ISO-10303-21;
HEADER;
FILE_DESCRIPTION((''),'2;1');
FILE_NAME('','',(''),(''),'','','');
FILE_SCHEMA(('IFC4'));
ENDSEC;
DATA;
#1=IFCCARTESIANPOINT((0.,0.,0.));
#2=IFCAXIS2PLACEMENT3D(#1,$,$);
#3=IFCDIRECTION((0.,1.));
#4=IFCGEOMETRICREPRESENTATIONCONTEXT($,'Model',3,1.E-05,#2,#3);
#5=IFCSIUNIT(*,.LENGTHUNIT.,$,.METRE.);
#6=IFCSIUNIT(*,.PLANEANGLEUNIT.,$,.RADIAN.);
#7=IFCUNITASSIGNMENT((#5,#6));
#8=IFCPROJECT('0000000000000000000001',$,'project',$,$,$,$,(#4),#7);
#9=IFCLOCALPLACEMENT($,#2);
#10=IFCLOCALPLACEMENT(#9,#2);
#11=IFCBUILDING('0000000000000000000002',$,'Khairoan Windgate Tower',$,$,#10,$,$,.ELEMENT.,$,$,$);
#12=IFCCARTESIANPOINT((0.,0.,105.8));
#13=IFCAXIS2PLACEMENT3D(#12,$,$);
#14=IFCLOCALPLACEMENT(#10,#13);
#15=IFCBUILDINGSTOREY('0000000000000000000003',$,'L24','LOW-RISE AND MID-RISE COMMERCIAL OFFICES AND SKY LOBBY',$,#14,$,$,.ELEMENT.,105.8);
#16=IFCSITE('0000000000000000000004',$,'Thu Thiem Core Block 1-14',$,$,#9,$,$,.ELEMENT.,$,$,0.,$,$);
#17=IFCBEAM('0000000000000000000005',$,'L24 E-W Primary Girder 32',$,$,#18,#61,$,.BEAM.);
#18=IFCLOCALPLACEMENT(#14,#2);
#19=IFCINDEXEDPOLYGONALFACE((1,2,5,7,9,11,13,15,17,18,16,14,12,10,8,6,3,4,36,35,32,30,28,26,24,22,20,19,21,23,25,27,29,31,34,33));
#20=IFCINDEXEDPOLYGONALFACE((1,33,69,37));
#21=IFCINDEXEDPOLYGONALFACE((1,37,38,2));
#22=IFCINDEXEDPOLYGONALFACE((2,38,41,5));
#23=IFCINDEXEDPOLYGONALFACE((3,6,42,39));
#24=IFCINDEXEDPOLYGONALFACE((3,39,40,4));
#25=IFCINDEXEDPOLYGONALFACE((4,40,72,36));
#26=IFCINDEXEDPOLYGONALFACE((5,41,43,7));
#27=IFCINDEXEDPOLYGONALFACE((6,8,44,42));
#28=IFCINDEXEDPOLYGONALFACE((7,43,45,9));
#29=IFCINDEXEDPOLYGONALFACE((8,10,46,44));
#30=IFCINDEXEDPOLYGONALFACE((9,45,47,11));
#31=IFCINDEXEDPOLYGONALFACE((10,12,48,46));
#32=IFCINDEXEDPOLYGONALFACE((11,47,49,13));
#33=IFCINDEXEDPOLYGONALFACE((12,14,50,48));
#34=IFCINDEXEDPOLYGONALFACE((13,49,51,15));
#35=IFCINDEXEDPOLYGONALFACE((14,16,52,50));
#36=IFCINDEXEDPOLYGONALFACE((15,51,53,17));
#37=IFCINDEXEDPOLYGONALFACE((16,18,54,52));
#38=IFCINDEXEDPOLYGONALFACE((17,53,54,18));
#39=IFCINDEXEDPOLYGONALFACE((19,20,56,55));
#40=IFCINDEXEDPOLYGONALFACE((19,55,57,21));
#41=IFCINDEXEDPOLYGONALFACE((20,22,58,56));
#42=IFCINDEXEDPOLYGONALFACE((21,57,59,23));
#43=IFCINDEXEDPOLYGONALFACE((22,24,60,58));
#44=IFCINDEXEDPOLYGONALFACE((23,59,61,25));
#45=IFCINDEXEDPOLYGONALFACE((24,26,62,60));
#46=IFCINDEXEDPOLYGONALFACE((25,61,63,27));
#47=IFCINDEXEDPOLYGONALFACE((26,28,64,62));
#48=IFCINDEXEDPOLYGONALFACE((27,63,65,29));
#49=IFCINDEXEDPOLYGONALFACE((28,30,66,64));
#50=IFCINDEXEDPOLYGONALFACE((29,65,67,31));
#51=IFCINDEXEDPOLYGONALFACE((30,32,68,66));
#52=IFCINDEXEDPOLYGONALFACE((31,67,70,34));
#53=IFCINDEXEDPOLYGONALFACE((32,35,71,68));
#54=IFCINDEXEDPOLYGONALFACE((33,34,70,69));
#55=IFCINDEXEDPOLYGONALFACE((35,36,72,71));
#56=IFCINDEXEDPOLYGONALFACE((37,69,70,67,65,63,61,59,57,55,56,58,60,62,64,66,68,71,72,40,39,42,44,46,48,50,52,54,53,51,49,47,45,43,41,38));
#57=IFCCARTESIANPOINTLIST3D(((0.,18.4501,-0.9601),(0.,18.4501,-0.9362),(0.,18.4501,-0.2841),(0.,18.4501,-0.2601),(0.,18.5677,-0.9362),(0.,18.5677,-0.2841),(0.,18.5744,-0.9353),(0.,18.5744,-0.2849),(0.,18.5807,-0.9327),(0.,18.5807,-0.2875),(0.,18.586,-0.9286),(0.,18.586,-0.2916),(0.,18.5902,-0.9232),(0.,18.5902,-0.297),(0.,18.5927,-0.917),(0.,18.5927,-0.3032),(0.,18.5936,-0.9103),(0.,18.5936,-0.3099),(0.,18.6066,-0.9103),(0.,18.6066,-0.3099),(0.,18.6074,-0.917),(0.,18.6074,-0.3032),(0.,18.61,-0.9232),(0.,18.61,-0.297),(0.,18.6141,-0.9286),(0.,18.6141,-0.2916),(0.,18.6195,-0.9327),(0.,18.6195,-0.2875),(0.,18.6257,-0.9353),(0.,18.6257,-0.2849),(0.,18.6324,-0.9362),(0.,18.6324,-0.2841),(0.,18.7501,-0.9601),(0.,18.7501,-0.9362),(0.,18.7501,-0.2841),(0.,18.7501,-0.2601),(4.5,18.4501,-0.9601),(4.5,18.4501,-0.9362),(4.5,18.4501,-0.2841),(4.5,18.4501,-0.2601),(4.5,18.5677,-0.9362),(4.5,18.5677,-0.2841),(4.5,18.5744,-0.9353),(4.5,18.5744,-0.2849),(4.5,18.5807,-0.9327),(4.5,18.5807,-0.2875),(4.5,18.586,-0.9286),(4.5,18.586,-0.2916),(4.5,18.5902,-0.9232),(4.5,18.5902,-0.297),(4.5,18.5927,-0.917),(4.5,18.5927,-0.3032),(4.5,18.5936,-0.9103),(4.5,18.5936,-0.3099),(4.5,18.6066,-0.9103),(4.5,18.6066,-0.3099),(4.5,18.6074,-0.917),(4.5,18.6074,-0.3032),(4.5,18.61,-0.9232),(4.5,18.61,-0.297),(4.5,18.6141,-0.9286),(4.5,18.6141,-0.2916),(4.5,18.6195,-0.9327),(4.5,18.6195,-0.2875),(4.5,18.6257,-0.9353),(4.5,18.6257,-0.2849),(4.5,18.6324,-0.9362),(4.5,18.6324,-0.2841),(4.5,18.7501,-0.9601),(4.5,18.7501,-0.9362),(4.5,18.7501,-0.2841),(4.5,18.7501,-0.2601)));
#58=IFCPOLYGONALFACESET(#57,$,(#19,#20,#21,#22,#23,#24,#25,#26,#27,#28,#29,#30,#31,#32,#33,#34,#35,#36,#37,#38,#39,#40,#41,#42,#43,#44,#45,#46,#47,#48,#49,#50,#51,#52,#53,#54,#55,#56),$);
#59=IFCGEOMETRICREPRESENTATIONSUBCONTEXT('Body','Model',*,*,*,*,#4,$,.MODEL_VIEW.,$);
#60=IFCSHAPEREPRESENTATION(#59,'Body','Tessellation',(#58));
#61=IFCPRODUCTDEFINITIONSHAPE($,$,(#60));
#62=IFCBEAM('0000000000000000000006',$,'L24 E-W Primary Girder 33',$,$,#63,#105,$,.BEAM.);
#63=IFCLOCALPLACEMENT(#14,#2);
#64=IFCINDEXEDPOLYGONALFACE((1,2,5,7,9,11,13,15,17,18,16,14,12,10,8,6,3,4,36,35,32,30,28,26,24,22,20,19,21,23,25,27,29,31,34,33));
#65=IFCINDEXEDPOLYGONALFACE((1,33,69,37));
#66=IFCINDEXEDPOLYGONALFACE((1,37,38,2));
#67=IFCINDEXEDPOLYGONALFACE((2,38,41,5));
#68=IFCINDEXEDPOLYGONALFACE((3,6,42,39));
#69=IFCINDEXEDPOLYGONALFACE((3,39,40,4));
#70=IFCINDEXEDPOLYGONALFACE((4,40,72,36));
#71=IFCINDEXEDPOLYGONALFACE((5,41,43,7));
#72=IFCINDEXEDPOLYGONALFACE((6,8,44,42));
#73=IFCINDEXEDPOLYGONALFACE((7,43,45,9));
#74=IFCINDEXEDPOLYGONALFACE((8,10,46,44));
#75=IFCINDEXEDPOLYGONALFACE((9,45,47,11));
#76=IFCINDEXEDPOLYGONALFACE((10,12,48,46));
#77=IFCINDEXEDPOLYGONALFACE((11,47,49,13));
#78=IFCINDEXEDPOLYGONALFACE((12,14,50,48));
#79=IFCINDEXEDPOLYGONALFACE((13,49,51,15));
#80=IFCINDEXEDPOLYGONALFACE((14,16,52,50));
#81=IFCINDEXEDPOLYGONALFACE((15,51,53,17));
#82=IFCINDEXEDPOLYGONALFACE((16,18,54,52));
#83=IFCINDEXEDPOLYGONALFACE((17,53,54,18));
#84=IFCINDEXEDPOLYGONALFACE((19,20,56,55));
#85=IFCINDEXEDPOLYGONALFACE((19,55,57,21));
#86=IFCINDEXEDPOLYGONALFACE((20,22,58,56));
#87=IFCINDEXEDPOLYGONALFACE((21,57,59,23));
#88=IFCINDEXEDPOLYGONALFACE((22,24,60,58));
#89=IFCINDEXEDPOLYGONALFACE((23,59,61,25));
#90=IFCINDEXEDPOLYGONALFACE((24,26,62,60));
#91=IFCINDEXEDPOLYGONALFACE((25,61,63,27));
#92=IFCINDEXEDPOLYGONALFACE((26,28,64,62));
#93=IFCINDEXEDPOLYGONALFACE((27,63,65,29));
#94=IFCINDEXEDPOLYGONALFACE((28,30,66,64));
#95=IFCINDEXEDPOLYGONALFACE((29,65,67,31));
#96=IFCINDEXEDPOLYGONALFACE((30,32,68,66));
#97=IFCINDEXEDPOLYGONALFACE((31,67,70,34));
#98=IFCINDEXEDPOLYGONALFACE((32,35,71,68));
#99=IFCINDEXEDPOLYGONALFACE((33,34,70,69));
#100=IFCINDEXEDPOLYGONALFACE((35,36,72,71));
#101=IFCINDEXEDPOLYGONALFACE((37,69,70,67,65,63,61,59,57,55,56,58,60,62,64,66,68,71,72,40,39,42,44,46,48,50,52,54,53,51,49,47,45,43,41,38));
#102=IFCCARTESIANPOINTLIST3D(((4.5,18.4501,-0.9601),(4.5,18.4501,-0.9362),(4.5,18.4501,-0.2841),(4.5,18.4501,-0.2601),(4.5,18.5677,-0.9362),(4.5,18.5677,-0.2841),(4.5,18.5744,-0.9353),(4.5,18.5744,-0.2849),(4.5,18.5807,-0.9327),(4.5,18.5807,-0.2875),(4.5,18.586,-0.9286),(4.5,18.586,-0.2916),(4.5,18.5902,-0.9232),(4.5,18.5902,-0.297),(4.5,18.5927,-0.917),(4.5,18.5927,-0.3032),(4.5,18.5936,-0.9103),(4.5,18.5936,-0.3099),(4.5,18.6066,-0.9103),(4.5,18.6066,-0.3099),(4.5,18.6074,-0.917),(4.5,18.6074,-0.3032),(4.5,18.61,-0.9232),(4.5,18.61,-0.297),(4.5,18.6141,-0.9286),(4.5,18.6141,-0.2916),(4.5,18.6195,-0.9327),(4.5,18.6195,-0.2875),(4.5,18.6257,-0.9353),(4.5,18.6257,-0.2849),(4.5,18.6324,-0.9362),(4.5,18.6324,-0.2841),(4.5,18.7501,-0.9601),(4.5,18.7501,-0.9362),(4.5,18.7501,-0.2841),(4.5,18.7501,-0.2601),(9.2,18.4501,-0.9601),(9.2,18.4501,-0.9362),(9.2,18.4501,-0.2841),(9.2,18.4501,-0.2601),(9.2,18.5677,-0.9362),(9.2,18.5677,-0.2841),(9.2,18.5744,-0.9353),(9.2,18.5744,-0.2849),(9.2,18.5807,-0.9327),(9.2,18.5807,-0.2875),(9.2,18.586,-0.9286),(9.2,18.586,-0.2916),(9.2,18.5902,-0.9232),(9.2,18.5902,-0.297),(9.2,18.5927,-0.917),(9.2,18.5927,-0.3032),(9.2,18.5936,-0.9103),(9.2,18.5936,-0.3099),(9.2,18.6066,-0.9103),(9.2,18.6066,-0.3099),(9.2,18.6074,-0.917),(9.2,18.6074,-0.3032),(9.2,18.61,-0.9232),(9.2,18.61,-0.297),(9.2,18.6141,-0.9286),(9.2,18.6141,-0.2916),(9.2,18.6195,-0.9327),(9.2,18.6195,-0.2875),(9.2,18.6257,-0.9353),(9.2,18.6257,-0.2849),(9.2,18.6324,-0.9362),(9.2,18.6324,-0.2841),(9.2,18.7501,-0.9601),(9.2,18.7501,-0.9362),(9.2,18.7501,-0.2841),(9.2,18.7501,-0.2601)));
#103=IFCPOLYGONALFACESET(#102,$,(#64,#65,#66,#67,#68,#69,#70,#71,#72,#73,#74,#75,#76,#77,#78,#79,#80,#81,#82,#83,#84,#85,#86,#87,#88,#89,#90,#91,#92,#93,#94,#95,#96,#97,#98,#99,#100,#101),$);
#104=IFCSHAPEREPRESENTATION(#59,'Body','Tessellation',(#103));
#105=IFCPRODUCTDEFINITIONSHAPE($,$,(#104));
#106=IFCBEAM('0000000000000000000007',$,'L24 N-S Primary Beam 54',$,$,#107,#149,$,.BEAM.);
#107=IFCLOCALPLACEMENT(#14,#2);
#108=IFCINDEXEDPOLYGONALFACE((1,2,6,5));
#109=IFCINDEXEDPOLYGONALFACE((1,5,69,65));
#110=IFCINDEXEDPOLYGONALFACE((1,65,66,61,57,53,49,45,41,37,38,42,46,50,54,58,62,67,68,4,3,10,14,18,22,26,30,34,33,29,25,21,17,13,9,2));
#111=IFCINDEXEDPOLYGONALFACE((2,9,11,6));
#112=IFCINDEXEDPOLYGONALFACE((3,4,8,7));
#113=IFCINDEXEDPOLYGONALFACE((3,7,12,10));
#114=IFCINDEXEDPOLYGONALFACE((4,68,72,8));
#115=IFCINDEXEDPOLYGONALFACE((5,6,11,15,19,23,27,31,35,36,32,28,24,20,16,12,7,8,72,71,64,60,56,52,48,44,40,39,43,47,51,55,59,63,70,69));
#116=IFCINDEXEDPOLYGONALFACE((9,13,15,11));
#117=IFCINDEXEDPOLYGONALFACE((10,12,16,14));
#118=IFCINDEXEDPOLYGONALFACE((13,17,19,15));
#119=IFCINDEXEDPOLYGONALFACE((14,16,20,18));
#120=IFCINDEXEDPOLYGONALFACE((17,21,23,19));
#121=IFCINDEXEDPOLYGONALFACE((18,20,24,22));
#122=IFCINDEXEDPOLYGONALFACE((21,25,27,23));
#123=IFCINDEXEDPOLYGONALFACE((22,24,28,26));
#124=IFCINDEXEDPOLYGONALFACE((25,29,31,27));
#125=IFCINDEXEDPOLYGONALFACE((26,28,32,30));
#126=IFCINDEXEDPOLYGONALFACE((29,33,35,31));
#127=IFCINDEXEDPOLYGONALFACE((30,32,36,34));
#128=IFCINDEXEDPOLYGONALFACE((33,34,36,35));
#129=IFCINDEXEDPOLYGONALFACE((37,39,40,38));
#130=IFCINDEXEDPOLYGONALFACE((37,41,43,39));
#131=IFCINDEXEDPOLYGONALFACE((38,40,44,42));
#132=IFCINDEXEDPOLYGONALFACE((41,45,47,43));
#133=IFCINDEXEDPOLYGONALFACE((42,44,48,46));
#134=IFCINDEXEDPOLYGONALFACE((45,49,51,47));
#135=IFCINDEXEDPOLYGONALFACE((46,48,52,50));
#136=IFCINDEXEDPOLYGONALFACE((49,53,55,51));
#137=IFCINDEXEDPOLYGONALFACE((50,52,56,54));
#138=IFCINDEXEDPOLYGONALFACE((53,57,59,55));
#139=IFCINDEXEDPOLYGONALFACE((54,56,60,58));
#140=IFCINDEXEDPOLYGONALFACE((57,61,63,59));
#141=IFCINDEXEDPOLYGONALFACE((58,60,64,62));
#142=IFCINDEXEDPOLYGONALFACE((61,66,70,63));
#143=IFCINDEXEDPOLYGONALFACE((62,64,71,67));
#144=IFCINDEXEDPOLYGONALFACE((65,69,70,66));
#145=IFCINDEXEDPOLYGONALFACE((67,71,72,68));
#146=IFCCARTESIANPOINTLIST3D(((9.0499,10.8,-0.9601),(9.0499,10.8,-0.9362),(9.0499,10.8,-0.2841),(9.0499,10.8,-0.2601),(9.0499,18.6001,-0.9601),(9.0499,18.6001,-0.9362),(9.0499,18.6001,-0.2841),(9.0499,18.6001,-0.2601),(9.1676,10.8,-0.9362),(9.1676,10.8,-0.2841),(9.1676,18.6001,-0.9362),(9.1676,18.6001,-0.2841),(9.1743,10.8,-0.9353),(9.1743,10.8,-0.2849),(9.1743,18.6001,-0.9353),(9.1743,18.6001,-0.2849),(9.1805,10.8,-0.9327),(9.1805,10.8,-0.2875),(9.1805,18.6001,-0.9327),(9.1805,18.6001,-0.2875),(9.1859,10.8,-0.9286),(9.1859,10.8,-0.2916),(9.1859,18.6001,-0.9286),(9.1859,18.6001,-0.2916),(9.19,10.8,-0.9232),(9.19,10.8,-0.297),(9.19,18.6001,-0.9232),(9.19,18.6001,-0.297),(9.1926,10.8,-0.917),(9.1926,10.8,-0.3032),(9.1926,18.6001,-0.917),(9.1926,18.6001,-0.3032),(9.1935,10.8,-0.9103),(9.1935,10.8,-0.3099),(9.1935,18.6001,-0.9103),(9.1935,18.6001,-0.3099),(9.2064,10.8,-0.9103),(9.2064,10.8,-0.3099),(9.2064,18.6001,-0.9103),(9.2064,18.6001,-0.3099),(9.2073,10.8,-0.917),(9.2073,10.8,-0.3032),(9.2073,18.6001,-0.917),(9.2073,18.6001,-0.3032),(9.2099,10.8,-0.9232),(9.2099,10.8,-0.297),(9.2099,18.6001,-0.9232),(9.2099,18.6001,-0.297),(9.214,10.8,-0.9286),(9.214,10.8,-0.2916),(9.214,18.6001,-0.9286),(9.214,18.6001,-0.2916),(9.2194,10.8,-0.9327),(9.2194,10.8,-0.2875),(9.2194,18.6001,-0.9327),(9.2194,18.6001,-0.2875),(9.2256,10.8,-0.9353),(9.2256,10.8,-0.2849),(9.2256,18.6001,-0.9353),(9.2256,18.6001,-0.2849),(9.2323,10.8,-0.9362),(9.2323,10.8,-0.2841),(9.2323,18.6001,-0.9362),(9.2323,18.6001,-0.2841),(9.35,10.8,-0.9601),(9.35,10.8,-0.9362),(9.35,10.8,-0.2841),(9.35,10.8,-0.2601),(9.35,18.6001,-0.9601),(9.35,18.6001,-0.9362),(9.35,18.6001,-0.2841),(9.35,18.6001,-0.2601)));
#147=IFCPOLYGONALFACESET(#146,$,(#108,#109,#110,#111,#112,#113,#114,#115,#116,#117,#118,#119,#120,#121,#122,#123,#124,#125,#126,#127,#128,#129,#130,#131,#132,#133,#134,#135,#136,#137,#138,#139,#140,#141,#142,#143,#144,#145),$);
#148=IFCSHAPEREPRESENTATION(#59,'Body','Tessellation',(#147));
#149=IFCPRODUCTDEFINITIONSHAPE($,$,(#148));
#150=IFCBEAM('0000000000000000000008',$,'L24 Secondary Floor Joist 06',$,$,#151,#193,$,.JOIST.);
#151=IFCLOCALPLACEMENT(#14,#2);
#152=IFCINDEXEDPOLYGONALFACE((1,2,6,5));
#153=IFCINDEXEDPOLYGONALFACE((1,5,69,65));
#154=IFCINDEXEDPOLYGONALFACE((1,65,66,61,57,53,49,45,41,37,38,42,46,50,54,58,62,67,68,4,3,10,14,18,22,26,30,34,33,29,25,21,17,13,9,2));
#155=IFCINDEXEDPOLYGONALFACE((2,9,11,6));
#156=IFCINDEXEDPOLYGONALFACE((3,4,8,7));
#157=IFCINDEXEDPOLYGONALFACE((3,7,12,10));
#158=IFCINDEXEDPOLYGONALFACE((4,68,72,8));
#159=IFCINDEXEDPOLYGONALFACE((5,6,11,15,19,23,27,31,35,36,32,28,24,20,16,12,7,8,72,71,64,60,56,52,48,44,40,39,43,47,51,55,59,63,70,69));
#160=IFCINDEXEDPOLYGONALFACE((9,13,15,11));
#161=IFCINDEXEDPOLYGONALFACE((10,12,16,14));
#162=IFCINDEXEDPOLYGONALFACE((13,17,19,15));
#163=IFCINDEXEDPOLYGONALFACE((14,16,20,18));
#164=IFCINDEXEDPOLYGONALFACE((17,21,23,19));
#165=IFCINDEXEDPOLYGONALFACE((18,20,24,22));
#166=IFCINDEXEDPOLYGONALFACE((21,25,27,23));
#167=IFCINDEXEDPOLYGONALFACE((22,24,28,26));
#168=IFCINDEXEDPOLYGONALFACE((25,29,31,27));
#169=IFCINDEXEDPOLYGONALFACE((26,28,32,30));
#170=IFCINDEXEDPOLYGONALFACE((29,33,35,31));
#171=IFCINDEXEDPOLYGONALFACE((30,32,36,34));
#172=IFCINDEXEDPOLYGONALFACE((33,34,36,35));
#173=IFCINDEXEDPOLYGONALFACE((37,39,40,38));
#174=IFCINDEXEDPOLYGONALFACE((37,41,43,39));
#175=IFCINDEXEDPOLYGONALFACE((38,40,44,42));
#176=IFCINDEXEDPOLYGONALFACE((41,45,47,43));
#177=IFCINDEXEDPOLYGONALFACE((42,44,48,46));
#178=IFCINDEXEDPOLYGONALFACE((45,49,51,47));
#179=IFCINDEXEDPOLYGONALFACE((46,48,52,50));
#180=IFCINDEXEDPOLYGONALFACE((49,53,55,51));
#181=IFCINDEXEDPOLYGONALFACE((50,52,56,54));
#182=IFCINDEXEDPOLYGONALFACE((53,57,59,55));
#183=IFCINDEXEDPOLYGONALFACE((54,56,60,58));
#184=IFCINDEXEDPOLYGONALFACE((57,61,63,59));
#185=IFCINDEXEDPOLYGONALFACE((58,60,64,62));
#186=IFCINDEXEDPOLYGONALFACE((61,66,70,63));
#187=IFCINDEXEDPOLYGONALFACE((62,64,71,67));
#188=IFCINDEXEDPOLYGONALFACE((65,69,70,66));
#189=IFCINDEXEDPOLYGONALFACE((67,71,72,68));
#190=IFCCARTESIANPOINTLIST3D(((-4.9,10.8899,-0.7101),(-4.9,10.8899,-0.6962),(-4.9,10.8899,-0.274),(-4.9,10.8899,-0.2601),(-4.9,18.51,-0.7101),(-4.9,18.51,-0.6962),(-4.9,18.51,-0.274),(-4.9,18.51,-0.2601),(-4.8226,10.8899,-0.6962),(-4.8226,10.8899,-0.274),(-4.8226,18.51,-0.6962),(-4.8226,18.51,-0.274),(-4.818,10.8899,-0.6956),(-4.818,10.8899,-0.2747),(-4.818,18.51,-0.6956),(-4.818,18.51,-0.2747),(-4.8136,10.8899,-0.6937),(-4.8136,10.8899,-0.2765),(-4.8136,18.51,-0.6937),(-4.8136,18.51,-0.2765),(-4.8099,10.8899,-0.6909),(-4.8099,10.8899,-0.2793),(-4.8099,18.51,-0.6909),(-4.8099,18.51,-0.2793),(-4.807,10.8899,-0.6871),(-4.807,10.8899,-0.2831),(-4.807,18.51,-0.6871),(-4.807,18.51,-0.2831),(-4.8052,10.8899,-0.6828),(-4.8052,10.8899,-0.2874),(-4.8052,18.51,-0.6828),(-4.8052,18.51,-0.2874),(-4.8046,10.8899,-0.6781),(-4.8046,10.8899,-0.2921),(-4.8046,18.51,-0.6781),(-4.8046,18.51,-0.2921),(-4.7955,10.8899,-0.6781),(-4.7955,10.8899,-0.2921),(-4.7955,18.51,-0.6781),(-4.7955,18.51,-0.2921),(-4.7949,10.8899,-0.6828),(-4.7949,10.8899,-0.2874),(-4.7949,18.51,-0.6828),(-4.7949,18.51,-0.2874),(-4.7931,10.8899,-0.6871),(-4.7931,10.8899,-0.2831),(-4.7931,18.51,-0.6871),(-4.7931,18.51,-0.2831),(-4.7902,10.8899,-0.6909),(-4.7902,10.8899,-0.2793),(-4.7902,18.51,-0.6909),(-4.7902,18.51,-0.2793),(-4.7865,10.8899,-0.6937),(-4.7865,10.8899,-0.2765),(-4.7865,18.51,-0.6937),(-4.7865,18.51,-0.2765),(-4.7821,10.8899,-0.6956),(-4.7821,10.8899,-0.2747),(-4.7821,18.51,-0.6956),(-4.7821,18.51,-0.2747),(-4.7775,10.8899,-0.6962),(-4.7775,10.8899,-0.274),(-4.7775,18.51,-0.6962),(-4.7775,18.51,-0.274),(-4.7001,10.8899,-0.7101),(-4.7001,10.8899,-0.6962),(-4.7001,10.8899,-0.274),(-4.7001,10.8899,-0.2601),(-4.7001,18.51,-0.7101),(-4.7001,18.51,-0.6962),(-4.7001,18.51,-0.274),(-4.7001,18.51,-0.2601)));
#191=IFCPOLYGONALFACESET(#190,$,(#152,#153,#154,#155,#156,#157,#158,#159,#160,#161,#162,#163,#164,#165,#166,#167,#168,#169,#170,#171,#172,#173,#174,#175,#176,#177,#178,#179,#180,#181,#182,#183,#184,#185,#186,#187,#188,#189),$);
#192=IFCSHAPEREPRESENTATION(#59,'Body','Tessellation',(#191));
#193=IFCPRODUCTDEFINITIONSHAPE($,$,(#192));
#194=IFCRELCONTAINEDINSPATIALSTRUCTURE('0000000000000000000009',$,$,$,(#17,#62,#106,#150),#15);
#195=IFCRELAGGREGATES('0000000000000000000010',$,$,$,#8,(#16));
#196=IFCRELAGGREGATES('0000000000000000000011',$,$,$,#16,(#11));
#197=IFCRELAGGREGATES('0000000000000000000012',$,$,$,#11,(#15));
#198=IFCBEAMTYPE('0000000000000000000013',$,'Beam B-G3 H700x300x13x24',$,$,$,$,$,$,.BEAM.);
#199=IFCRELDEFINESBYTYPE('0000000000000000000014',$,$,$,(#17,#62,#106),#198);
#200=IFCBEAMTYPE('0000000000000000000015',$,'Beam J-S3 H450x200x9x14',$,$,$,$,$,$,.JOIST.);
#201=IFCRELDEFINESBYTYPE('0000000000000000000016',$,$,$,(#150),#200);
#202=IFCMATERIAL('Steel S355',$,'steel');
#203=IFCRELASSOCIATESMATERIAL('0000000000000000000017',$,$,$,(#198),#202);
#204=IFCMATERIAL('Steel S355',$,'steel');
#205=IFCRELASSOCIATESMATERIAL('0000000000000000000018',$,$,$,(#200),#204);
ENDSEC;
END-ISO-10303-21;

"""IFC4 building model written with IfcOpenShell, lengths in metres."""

from ifc_helpers import new_model, si_unit, direction, frame, origin, origin_2d, place, context, subcontext, project, spatial, i_section, extrude, material, material_profile, profile_set, type_object, element, save


model = new_model("IFC4")

# Units and contexts
model_context = context("Model", 3, precision=1e-05, world=origin(), true_north=direction((0.0, 1.0)))
body_context = subcontext(model_context, "Body", "Model", "MODEL_VIEW")
ifc_project = project(units=[si_unit("LENGTHUNIT", "METRE"), si_unit("PLANEANGLEUNIT", "RADIAN")], contexts=[model_context])

# Site, building, storey
site_placement = place(None, origin())
site = spatial("IfcSite", under=ifc_project, at=site_placement, Name="Thu Thiem Core Block 1-14", CompositionType="ELEMENT", RefElevation=0.0)
building_placement = place(site_placement, origin())
building = spatial("IfcBuilding", under=site, at=building_placement, Name="Khairoan Windgate Tower", CompositionType="ELEMENT")
storey_placement = place(building_placement, frame((0.0, 0.0, 105.8)))
storey = spatial("IfcBuildingStorey", under=building, at=storey_placement, Name="L24", Description="LOW-RISE AND MID-RISE COMMERCIAL OFFICES AND SKY LOBBY", CompositionType="ELEMENT", Elevation=105.8)

# Beams
ifc_material_1 = material(Name="Steel S355", Category="steel")
ifc_material_profile_1 = material_profile(ifc_material_1, i_section(OverallWidth=0.3, OverallDepth=0.7, WebThickness=0.0129, FlangeThickness=0.0239, FilletRadius=0.0259, at=origin_2d()))
ifc_profile_set_1 = profile_set([ifc_material_profile_1], Name="Steel S355")
beam_type_1 = type_object("IfcBeamType", Name="Beam B-G3 H700x300x13x24", PredefinedType="BEAM", material=ifc_profile_set_1)
for number, where, z_axis, x_axis, name in (
    (1, (0.0, 18.6001, -0.6101), (1.0, 0.0, 0.0), (0.0, 1.0, 0.0), "L24 E-W Primary Girder 32"),
):
    element("IfcBeam", number, at=place(storey_placement, frame(where, z_axis=z_axis, x_axis=x_axis)), inside=storey, type_object=beam_type_1, Name=name, PredefinedType="BEAM", context=body_context, shape_type="SweptSolid", body=[
        extrude(i_section(OverallWidth=0.3, OverallDepth=0.7, WebThickness=0.0129, FlangeThickness=0.0239, FilletRadius=0.0259, at=origin_2d()), origin(), (0.0, 0.0, 1.0), 4.5),
    ])
beam_1_placement = place(storey_placement, frame((4.5, 18.6001, -0.6101), z_axis=(1.0, 0.0, 0.0), x_axis=(0.0, 1.0, 0.0)))
element("IfcBeam", 2, at=beam_1_placement, inside=storey, type_object=beam_type_1, Name="L24 E-W Primary Girder 33", PredefinedType="BEAM", context=body_context, shape_type="SweptSolid", body=[
    extrude(i_section(OverallWidth=0.3, OverallDepth=0.7, WebThickness=0.0129, FlangeThickness=0.0239, FilletRadius=0.0259, at=origin_2d()), origin(), (0.0, 0.0, 1.0), 4.7),
])
beam_2_placement = place(storey_placement, frame((9.2, 10.8, -0.6101), z_axis=(0.0, 1.0, 0.0), x_axis=(-1.0, 0.0, 0.0)))
element("IfcBeam", 3, at=beam_2_placement, inside=storey, type_object=beam_type_1, Name="L24 N-S Primary Beam 54", PredefinedType="BEAM", context=body_context, shape_type="SweptSolid", body=[
    extrude(i_section(OverallWidth=0.3, OverallDepth=0.7, WebThickness=0.0129, FlangeThickness=0.0239, FilletRadius=0.0259, at=origin_2d()), origin(), (0.0, 0.0, 1.0), 7.8),
])
ifc_material_2 = material(Name="Steel S355", Category="steel")
ifc_material_profile_2 = material_profile(ifc_material_2, i_section(OverallWidth=0.2, OverallDepth=0.45, WebThickness=0.009, FlangeThickness=0.0139, FilletRadius=0.0181, at=origin_2d()))
ifc_profile_set_2 = profile_set([ifc_material_profile_2], Name="Steel S355")
beam_type_2 = type_object("IfcBeamType", Name="Beam J-S3 H450x200x9x14", PredefinedType="JOIST", material=ifc_profile_set_2)
for number, where, z_axis, x_axis, name in (
    (4, (-4.8, 10.8899, -0.4851), (0.0, 1.0, 0.0), (-1.0, 0.0, 0.0), "L24 Secondary Floor Joist 06"),
):
    element("IfcBeam", number, at=place(storey_placement, frame(where, z_axis=z_axis, x_axis=x_axis)), inside=storey, type_object=beam_type_2, Name=name, PredefinedType="JOIST", context=body_context, shape_type="SweptSolid", body=[
        extrude(i_section(OverallWidth=0.2, OverallDepth=0.45, WebThickness=0.009, FlangeThickness=0.0139, FilletRadius=0.0181, at=origin_2d()), origin(), (0.0, 0.0, 1.0), 7.6201),
    ])

save(model, "model.ifc")
